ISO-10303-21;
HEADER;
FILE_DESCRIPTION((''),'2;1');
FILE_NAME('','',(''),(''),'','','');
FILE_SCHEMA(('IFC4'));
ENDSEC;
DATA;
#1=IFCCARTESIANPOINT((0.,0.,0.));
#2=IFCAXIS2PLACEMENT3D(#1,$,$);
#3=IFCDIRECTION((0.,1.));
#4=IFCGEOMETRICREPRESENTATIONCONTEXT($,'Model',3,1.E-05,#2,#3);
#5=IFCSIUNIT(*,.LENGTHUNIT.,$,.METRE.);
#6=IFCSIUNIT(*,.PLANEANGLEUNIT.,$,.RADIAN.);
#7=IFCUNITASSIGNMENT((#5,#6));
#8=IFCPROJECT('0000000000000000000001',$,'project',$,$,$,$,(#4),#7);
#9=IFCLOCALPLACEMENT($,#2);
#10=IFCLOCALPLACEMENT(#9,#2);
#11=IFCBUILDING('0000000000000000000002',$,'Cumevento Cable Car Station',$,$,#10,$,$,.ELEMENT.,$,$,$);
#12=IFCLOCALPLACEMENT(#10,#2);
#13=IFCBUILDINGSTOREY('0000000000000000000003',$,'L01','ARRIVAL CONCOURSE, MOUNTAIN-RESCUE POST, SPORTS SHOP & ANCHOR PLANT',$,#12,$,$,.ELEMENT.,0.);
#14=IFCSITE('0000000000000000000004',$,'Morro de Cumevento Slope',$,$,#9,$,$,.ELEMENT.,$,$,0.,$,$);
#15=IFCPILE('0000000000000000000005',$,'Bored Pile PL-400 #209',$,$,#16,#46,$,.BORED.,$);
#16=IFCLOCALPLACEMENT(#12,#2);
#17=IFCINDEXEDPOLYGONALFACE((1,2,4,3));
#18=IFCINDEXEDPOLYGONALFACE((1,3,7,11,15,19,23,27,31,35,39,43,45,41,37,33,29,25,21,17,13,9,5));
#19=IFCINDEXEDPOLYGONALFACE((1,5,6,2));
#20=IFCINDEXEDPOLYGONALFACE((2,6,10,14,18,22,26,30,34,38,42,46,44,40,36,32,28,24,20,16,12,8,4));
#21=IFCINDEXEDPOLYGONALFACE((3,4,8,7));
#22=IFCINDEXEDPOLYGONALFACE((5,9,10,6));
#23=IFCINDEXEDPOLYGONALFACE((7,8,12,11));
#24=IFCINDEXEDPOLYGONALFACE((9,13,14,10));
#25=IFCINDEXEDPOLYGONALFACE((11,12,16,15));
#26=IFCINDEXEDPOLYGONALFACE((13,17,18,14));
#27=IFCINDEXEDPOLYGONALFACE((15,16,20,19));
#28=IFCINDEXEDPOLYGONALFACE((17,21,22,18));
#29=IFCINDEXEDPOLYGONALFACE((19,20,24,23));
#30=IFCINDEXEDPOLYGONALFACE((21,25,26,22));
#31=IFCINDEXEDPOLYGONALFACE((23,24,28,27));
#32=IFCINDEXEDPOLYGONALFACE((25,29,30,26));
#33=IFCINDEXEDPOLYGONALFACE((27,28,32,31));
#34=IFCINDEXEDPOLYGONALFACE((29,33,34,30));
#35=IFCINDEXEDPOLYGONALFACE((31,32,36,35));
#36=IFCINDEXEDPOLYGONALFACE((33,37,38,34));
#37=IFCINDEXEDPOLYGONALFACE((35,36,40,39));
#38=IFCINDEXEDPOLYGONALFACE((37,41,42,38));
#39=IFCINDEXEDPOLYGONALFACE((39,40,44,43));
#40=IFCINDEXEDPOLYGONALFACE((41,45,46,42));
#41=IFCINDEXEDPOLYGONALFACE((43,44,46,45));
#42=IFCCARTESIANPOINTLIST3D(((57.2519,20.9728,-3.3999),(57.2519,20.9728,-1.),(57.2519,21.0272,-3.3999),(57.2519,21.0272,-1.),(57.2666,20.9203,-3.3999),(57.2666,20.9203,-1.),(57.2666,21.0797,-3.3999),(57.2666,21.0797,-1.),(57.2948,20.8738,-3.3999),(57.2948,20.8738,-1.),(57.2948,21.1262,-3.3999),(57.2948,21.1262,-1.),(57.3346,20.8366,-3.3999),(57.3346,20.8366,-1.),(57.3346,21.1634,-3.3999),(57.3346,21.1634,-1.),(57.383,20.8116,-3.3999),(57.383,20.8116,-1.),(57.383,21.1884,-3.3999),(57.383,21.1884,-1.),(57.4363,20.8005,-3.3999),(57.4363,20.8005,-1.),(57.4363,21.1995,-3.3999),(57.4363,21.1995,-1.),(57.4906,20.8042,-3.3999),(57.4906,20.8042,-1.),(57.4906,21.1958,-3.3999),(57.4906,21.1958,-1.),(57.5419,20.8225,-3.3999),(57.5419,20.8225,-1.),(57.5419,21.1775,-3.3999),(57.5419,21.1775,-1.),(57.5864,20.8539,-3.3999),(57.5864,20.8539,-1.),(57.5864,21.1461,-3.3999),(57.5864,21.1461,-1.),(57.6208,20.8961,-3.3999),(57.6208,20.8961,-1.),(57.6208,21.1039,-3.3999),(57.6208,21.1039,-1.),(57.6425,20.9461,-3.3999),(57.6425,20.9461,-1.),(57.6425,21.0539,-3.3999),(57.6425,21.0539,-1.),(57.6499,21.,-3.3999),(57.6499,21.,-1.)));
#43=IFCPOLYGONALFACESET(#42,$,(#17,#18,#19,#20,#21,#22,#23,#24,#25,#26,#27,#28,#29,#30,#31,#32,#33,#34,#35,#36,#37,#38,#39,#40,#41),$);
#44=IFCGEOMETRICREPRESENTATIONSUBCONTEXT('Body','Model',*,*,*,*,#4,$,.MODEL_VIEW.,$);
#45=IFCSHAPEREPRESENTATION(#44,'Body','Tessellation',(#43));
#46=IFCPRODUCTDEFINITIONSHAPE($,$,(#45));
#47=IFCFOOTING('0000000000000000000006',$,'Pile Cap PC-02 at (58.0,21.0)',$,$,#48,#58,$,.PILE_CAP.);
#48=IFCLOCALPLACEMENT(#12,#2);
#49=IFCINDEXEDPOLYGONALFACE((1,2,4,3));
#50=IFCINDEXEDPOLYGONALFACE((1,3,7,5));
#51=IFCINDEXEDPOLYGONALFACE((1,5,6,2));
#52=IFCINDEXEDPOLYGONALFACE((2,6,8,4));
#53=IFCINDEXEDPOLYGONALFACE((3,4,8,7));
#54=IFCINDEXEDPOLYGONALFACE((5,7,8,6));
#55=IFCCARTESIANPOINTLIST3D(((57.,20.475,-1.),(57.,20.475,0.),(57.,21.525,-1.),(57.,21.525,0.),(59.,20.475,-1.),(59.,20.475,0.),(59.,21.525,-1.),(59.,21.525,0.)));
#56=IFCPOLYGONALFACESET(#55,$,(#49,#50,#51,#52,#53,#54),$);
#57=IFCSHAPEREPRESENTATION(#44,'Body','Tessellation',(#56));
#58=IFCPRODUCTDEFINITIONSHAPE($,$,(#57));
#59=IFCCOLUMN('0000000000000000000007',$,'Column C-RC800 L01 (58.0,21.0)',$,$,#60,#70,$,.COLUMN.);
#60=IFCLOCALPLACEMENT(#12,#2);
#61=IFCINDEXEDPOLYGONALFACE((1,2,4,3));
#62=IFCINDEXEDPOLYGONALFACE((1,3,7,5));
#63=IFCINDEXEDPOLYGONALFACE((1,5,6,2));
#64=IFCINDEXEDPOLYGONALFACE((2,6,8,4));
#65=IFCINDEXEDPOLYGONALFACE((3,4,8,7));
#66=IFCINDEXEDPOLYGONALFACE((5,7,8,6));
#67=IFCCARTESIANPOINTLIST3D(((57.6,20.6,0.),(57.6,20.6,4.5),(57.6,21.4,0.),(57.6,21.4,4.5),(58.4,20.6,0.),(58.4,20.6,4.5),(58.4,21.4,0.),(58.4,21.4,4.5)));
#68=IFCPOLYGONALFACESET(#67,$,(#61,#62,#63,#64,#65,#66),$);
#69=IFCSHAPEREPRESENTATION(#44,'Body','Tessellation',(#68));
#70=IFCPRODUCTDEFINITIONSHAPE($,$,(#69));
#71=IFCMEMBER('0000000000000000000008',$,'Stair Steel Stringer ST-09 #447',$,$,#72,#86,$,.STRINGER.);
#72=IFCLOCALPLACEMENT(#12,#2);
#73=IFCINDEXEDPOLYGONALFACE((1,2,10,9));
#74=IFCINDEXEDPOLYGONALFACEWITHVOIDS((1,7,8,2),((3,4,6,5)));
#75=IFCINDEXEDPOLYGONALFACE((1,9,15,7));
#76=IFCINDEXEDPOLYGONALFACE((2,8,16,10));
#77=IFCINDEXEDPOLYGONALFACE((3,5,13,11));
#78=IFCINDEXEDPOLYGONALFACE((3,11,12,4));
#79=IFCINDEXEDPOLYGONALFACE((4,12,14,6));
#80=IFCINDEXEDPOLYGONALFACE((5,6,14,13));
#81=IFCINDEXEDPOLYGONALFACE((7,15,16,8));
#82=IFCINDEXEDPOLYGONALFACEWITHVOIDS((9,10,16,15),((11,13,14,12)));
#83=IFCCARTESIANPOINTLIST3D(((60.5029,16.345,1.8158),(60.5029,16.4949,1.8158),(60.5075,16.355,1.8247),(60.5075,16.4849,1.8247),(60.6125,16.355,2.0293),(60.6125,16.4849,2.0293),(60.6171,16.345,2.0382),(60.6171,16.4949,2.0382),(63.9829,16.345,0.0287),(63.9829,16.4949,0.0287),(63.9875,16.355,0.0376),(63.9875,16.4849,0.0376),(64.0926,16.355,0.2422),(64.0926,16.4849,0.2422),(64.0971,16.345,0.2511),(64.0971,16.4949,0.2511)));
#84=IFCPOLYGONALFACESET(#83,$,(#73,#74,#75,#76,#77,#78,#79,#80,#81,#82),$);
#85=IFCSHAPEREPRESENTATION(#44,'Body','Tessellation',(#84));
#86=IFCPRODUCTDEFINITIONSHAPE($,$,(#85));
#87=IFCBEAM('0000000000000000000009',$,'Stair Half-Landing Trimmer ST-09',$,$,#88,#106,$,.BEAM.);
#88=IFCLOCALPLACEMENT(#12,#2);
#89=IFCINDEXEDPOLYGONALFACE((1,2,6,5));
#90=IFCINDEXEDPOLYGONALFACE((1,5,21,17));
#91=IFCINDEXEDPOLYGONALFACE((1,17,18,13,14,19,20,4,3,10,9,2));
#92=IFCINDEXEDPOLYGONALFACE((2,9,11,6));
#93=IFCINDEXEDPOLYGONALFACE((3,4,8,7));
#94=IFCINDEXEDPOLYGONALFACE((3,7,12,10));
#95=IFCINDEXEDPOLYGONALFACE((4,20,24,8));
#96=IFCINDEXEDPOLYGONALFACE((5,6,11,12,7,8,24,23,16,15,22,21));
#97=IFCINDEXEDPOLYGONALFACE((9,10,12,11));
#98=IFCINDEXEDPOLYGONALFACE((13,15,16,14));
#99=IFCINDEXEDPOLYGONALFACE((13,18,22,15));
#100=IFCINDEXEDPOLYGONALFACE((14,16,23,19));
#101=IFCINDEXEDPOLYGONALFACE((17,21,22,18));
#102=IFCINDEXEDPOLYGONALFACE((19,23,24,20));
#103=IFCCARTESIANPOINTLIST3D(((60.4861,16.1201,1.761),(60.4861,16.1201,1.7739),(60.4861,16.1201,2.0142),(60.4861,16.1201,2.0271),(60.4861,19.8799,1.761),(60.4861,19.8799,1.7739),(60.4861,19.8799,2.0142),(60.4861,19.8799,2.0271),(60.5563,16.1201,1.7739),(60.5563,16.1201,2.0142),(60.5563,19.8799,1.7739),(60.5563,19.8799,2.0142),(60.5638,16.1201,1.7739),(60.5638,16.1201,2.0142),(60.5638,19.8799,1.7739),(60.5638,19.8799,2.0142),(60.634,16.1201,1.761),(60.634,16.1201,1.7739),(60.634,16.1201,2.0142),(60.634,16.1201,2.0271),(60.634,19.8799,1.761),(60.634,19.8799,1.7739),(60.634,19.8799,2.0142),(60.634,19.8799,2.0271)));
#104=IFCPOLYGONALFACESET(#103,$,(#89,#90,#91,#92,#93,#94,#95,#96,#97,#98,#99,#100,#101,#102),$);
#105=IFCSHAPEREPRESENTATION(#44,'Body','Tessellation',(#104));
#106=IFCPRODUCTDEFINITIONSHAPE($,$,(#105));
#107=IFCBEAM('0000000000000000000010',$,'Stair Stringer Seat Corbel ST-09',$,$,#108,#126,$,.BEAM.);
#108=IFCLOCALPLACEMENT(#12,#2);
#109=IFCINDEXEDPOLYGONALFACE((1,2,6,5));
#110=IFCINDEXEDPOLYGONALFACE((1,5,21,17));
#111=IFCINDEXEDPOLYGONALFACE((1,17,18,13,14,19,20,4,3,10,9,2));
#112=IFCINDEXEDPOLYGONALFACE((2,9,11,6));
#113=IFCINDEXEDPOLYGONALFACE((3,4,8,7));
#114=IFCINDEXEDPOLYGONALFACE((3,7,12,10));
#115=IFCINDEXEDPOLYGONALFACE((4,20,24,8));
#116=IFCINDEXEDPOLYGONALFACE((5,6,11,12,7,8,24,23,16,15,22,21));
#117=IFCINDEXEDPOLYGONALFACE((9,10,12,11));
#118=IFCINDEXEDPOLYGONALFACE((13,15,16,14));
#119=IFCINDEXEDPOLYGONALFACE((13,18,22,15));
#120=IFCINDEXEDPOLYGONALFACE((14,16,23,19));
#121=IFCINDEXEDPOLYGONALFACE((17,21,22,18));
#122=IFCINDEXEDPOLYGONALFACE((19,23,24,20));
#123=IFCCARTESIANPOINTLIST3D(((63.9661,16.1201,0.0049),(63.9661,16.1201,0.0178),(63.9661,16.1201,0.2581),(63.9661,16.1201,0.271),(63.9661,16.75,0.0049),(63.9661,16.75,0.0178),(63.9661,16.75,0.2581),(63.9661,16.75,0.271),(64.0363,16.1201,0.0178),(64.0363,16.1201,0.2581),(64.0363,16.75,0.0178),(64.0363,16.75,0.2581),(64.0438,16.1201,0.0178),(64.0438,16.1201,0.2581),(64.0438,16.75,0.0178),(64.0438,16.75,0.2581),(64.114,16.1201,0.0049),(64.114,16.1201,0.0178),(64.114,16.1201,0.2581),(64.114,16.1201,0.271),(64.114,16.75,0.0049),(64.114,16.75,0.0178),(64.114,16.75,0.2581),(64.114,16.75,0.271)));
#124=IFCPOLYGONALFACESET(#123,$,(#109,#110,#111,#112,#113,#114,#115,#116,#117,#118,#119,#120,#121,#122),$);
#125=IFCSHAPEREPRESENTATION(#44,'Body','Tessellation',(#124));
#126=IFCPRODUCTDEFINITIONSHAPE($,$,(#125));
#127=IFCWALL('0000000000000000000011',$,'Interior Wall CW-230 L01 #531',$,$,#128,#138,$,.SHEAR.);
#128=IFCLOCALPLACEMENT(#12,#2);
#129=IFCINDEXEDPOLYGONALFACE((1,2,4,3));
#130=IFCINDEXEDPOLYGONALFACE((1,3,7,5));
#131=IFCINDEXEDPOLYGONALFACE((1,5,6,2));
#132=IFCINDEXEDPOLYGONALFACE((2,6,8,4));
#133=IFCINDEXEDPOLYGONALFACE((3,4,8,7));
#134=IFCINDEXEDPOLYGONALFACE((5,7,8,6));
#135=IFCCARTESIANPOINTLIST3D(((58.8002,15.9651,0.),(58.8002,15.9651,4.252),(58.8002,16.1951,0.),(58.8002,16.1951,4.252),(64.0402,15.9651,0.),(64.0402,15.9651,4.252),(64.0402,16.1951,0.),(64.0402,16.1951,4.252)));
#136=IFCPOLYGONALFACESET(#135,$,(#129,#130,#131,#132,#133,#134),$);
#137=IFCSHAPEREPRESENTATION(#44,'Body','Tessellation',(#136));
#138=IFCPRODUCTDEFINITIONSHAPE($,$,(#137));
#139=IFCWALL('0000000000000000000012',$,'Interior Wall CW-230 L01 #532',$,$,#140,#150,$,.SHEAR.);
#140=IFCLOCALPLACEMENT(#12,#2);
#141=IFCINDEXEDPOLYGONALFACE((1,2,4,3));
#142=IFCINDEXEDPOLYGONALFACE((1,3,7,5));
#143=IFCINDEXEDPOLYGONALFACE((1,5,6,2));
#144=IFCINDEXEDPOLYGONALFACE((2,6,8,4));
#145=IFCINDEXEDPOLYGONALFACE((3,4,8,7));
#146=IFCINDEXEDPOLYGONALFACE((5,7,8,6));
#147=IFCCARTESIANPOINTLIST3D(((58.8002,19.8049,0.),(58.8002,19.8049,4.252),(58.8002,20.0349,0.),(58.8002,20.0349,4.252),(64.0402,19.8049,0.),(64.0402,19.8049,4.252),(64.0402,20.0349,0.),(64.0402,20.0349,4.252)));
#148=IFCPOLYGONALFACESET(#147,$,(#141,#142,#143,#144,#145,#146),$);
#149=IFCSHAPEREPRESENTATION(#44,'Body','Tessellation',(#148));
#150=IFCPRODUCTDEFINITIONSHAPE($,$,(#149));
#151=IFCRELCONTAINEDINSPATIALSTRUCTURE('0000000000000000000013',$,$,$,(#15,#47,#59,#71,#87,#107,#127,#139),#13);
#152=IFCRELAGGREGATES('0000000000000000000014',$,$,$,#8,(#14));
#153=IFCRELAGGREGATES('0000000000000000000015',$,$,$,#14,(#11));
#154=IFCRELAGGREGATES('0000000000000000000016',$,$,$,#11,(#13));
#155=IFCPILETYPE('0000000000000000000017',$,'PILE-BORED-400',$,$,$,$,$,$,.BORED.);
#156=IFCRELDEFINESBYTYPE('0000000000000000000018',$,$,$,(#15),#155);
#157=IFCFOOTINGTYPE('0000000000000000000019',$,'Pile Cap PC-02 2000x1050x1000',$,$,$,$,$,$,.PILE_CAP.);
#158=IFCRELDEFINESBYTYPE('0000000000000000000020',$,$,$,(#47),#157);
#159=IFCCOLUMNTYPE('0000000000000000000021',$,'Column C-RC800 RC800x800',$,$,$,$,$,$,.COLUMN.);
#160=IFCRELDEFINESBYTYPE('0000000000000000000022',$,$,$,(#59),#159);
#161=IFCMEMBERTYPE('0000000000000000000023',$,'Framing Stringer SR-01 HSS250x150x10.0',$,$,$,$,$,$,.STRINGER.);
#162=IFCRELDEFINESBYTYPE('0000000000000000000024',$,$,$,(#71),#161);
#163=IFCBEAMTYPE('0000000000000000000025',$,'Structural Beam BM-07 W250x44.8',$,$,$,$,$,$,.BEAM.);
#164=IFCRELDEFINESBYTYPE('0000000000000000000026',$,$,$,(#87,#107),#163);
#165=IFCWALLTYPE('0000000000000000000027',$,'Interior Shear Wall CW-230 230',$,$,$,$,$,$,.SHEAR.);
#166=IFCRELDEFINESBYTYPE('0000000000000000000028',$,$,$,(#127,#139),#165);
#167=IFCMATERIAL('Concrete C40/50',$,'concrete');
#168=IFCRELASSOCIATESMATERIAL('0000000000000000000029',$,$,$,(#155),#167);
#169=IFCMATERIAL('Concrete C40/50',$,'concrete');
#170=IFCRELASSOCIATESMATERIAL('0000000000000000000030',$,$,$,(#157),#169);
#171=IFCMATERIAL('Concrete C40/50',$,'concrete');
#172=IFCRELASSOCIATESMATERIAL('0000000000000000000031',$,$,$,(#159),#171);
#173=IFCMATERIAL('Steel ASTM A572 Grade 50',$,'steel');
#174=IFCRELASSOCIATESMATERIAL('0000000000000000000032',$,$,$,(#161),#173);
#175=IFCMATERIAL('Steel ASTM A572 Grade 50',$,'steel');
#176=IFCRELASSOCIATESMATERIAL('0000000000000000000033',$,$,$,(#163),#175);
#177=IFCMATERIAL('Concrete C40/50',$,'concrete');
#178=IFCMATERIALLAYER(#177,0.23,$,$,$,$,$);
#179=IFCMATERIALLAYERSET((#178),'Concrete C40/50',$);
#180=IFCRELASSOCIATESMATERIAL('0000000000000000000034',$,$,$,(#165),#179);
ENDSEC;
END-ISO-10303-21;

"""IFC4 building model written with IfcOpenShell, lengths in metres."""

from ifc_helpers import new_model, si_unit, direction, frame, frame_2d, origin, origin_2d, place, context, subcontext, project, spatial, rectangle, hollow_rectangle, circle, i_section, extrude, material, layer, layer_set, material_profile, profile_set, type_object, element, save


model = new_model("IFC4")

# Units and contexts
model_context = context("Model", 3, precision=1e-05, world=origin(), true_north=direction((0.0, 1.0)))
body_context = subcontext(model_context, "Body", "Model", "MODEL_VIEW")
ifc_project = project(units=[si_unit("LENGTHUNIT", "METRE"), si_unit("PLANEANGLEUNIT", "RADIAN")], contexts=[model_context])

# Site, building, storey
site_placement = place(None, origin())
site = spatial("IfcSite", under=ifc_project, at=site_placement, Name="Morro de Cumevento Slope", CompositionType="ELEMENT", RefElevation=0.0)
building_placement = place(site_placement, origin())
building = spatial("IfcBuilding", under=site, at=building_placement, Name="Cumevento Cable Car Station", CompositionType="ELEMENT")
storey_placement = place(building_placement, origin())
storey = spatial("IfcBuildingStorey", under=building, at=storey_placement, Name="L01", Description="ARRIVAL CONCOURSE, MOUNTAIN-RESCUE POST, SPORTS SHOP & ANCHOR PLANT", CompositionType="ELEMENT", Elevation=0.0)

# Pile
ifc_material_1 = material(Name="Concrete C40/50", Category="concrete")
ifc_material_profile_1 = material_profile(ifc_material_1, circle(Radius=0.2, at=origin_2d()), Name="PILE-D400")
ifc_profile_set_1 = profile_set([ifc_material_profile_1], Name="Concrete C40/50")
pile_type = type_object("IfcPileType", Name="PILE-BORED-400", PredefinedType="BORED", material=ifc_profile_set_1)
pile_placement = place(storey_placement, frame((57.45, 21.0, -1.0), z_axis=(0.0, 0.0, -1.0), x_axis=(1.0, 0.0, 0.0)))
element("IfcPile", 1, at=pile_placement, inside=storey, type_object=pile_type, Name="Bored Pile PL-400 #209", PredefinedType="BORED", context=body_context, shape_type="SweptSolid", body=[
    extrude(circle(Radius=0.2, at=origin_2d()), origin(), (0.0, 0.0, 1.0), 2.3999),
])

# Footing
ifc_material_2 = material(Name="Concrete C40/50", Category="concrete")
footing_type = type_object("IfcFootingType", Name="Pile Cap PC-02 2000x1050x1000", PredefinedType="PILE_CAP", material=ifc_material_2)
footing_placement = place(storey_placement, frame((58.0, 21.0, -1.0), z_axis=(0.0, 0.0, 1.0), x_axis=(1.0, 0.0, 0.0)))
element("IfcFooting", 2, at=footing_placement, inside=storey, type_object=footing_type, Name="Pile Cap PC-02 at (58.0,21.0)", PredefinedType="PILE_CAP", context=body_context, shape_type="SweptSolid", body=[
    extrude(rectangle(XDim=2.0, YDim=1.05, at=origin_2d()), origin(), (0.0, 0.0, 1.0), 1.0),
])

# Column
ifc_material_3 = material(Name="Concrete C40/50", Category="concrete")
ifc_material_profile_2 = material_profile(ifc_material_3, rectangle(XDim=0.8, YDim=0.8, at=origin_2d()), Name="RC800x800")
ifc_profile_set_2 = profile_set([ifc_material_profile_2], Name="Concrete C40/50")
column_type = type_object("IfcColumnType", Name="Column C-RC800 RC800x800", PredefinedType="COLUMN", material=ifc_profile_set_2)
column_placement = place(storey_placement, frame((58.0, 21.0, 0.0), z_axis=(0.0, 0.0, 1.0), x_axis=(1.0, 0.0, 0.0)))
element("IfcColumn", 3, at=column_placement, inside=storey, type_object=column_type, Name="Column C-RC800 L01 (58.0,21.0)", PredefinedType="COLUMN", context=body_context, shape_type="SweptSolid", body=[
    extrude(rectangle(XDim=0.8, YDim=0.8, at=origin_2d()), origin(), (0.0, 0.0, 1.0), 4.5),
])

# Member
ifc_material_4 = material(Name="Steel ASTM A572 Grade 50", Category="steel")
ifc_material_profile_3 = material_profile(ifc_material_4, hollow_rectangle(XDim=0.1499, YDim=0.25, WallThickness=0.01, at=origin_2d()), Name="HSS250x150x10.0")
ifc_profile_set_3 = profile_set([ifc_material_profile_3], Name="Steel ASTM A572 Grade 50")
member_type = type_object("IfcMemberType", Name="Framing Stringer SR-01 HSS250x150x10.0", PredefinedType="STRINGER", material=ifc_profile_set_3)
member_placement = place(storey_placement, frame((64.04, 16.4199, 0.1399), z_axis=(-0.889557, 0.0, 0.456823), x_axis=(0.0, -1.0, 0.0)))
element("IfcMember", 4, at=member_placement, inside=storey, type_object=member_type, Name="Stair Steel Stringer ST-09 #447", PredefinedType="STRINGER", context=body_context, shape_type="SweptSolid", body=[
    extrude(hollow_rectangle(XDim=0.1499, YDim=0.25, WallThickness=0.01, at=origin_2d()), origin(), (0.0, 0.0, 1.0), 3.9121),
])

# Beams
ifc_material_5 = material(Name="Steel ASTM A572 Grade 50", Category="steel")
ifc_material_profile_4 = material_profile(ifc_material_5, i_section(OverallWidth=0.1479, OverallDepth=0.2661, WebThickness=0.0076, FlangeThickness=0.0129, at=origin_2d()), Name="W250x44.8")
ifc_profile_set_4 = profile_set([ifc_material_profile_4], Name="Steel ASTM A572 Grade 50")
beam_type = type_object("IfcBeamType", Name="Structural Beam BM-07 W250x44.8", PredefinedType="BEAM", material=ifc_profile_set_4)
beam_1_placement = place(storey_placement, frame((60.5601, 16.1201, 1.894), z_axis=(0.0, 1.0, 0.0), x_axis=(-1.0, 0.0, 0.0)))
element("IfcBeam", 5, at=beam_1_placement, inside=storey, type_object=beam_type, Name="Stair Half-Landing Trimmer ST-09", PredefinedType="BEAM", context=body_context, shape_type="SweptSolid", body=[
    extrude(i_section(OverallWidth=0.1479, OverallDepth=0.2661, WebThickness=0.0076, FlangeThickness=0.0129, at=origin_2d()), origin(), (0.0, 0.0, 1.0), 3.7598),
])
beam_2_placement = place(storey_placement, frame((64.04, 16.1201, 0.1379), z_axis=(0.0, 1.0, 0.0), x_axis=(-1.0, 0.0, 0.0)))
element("IfcBeam", 6, at=beam_2_placement, inside=storey, type_object=beam_type, Name="Stair Stringer Seat Corbel ST-09", PredefinedType="BEAM", context=body_context, shape_type="SweptSolid", body=[
    extrude(i_section(OverallWidth=0.1479, OverallDepth=0.2661, WebThickness=0.0076, FlangeThickness=0.0129, at=origin_2d()), origin(), (0.0, 0.0, 1.0), 0.6299),
])

# Walls
ifc_material_6 = material(Name="Concrete C40/50", Category="concrete")
ifc_layer = layer(ifc_material_6, 0.23)
ifc_layer_set = layer_set([ifc_layer], Name="Concrete C40/50")
wall_type = type_object("IfcWallType", Name="Interior Shear Wall CW-230 230", PredefinedType="SHEAR", material=ifc_layer_set)
for number, where, z_axis, x_axis, name in (
    (7, (58.8, 16.0801, 0.0), (0.0, 0.0, 1.0), (1.0, 0.0, 0.0), "Interior Wall CW-230 L01 #531"),
    (8, (58.8, 19.9199, 0.0), (0.0, 0.0, 1.0), (1.0, 0.0, 0.0), "Interior Wall CW-230 L01 #532"),
):
    element("IfcWall", number, at=place(storey_placement, frame(where, z_axis=z_axis, x_axis=x_axis)), inside=storey, type_object=wall_type, Name=name, PredefinedType="SHEAR", context=body_context, shape_type="SweptSolid", body=[
        extrude(rectangle(XDim=5.24, YDim=0.23, at=frame_2d((2.6201, 0.0))), origin(), (0.0, 0.0, 1.0), 4.252),
    ])

save(model, "model.ifc")
